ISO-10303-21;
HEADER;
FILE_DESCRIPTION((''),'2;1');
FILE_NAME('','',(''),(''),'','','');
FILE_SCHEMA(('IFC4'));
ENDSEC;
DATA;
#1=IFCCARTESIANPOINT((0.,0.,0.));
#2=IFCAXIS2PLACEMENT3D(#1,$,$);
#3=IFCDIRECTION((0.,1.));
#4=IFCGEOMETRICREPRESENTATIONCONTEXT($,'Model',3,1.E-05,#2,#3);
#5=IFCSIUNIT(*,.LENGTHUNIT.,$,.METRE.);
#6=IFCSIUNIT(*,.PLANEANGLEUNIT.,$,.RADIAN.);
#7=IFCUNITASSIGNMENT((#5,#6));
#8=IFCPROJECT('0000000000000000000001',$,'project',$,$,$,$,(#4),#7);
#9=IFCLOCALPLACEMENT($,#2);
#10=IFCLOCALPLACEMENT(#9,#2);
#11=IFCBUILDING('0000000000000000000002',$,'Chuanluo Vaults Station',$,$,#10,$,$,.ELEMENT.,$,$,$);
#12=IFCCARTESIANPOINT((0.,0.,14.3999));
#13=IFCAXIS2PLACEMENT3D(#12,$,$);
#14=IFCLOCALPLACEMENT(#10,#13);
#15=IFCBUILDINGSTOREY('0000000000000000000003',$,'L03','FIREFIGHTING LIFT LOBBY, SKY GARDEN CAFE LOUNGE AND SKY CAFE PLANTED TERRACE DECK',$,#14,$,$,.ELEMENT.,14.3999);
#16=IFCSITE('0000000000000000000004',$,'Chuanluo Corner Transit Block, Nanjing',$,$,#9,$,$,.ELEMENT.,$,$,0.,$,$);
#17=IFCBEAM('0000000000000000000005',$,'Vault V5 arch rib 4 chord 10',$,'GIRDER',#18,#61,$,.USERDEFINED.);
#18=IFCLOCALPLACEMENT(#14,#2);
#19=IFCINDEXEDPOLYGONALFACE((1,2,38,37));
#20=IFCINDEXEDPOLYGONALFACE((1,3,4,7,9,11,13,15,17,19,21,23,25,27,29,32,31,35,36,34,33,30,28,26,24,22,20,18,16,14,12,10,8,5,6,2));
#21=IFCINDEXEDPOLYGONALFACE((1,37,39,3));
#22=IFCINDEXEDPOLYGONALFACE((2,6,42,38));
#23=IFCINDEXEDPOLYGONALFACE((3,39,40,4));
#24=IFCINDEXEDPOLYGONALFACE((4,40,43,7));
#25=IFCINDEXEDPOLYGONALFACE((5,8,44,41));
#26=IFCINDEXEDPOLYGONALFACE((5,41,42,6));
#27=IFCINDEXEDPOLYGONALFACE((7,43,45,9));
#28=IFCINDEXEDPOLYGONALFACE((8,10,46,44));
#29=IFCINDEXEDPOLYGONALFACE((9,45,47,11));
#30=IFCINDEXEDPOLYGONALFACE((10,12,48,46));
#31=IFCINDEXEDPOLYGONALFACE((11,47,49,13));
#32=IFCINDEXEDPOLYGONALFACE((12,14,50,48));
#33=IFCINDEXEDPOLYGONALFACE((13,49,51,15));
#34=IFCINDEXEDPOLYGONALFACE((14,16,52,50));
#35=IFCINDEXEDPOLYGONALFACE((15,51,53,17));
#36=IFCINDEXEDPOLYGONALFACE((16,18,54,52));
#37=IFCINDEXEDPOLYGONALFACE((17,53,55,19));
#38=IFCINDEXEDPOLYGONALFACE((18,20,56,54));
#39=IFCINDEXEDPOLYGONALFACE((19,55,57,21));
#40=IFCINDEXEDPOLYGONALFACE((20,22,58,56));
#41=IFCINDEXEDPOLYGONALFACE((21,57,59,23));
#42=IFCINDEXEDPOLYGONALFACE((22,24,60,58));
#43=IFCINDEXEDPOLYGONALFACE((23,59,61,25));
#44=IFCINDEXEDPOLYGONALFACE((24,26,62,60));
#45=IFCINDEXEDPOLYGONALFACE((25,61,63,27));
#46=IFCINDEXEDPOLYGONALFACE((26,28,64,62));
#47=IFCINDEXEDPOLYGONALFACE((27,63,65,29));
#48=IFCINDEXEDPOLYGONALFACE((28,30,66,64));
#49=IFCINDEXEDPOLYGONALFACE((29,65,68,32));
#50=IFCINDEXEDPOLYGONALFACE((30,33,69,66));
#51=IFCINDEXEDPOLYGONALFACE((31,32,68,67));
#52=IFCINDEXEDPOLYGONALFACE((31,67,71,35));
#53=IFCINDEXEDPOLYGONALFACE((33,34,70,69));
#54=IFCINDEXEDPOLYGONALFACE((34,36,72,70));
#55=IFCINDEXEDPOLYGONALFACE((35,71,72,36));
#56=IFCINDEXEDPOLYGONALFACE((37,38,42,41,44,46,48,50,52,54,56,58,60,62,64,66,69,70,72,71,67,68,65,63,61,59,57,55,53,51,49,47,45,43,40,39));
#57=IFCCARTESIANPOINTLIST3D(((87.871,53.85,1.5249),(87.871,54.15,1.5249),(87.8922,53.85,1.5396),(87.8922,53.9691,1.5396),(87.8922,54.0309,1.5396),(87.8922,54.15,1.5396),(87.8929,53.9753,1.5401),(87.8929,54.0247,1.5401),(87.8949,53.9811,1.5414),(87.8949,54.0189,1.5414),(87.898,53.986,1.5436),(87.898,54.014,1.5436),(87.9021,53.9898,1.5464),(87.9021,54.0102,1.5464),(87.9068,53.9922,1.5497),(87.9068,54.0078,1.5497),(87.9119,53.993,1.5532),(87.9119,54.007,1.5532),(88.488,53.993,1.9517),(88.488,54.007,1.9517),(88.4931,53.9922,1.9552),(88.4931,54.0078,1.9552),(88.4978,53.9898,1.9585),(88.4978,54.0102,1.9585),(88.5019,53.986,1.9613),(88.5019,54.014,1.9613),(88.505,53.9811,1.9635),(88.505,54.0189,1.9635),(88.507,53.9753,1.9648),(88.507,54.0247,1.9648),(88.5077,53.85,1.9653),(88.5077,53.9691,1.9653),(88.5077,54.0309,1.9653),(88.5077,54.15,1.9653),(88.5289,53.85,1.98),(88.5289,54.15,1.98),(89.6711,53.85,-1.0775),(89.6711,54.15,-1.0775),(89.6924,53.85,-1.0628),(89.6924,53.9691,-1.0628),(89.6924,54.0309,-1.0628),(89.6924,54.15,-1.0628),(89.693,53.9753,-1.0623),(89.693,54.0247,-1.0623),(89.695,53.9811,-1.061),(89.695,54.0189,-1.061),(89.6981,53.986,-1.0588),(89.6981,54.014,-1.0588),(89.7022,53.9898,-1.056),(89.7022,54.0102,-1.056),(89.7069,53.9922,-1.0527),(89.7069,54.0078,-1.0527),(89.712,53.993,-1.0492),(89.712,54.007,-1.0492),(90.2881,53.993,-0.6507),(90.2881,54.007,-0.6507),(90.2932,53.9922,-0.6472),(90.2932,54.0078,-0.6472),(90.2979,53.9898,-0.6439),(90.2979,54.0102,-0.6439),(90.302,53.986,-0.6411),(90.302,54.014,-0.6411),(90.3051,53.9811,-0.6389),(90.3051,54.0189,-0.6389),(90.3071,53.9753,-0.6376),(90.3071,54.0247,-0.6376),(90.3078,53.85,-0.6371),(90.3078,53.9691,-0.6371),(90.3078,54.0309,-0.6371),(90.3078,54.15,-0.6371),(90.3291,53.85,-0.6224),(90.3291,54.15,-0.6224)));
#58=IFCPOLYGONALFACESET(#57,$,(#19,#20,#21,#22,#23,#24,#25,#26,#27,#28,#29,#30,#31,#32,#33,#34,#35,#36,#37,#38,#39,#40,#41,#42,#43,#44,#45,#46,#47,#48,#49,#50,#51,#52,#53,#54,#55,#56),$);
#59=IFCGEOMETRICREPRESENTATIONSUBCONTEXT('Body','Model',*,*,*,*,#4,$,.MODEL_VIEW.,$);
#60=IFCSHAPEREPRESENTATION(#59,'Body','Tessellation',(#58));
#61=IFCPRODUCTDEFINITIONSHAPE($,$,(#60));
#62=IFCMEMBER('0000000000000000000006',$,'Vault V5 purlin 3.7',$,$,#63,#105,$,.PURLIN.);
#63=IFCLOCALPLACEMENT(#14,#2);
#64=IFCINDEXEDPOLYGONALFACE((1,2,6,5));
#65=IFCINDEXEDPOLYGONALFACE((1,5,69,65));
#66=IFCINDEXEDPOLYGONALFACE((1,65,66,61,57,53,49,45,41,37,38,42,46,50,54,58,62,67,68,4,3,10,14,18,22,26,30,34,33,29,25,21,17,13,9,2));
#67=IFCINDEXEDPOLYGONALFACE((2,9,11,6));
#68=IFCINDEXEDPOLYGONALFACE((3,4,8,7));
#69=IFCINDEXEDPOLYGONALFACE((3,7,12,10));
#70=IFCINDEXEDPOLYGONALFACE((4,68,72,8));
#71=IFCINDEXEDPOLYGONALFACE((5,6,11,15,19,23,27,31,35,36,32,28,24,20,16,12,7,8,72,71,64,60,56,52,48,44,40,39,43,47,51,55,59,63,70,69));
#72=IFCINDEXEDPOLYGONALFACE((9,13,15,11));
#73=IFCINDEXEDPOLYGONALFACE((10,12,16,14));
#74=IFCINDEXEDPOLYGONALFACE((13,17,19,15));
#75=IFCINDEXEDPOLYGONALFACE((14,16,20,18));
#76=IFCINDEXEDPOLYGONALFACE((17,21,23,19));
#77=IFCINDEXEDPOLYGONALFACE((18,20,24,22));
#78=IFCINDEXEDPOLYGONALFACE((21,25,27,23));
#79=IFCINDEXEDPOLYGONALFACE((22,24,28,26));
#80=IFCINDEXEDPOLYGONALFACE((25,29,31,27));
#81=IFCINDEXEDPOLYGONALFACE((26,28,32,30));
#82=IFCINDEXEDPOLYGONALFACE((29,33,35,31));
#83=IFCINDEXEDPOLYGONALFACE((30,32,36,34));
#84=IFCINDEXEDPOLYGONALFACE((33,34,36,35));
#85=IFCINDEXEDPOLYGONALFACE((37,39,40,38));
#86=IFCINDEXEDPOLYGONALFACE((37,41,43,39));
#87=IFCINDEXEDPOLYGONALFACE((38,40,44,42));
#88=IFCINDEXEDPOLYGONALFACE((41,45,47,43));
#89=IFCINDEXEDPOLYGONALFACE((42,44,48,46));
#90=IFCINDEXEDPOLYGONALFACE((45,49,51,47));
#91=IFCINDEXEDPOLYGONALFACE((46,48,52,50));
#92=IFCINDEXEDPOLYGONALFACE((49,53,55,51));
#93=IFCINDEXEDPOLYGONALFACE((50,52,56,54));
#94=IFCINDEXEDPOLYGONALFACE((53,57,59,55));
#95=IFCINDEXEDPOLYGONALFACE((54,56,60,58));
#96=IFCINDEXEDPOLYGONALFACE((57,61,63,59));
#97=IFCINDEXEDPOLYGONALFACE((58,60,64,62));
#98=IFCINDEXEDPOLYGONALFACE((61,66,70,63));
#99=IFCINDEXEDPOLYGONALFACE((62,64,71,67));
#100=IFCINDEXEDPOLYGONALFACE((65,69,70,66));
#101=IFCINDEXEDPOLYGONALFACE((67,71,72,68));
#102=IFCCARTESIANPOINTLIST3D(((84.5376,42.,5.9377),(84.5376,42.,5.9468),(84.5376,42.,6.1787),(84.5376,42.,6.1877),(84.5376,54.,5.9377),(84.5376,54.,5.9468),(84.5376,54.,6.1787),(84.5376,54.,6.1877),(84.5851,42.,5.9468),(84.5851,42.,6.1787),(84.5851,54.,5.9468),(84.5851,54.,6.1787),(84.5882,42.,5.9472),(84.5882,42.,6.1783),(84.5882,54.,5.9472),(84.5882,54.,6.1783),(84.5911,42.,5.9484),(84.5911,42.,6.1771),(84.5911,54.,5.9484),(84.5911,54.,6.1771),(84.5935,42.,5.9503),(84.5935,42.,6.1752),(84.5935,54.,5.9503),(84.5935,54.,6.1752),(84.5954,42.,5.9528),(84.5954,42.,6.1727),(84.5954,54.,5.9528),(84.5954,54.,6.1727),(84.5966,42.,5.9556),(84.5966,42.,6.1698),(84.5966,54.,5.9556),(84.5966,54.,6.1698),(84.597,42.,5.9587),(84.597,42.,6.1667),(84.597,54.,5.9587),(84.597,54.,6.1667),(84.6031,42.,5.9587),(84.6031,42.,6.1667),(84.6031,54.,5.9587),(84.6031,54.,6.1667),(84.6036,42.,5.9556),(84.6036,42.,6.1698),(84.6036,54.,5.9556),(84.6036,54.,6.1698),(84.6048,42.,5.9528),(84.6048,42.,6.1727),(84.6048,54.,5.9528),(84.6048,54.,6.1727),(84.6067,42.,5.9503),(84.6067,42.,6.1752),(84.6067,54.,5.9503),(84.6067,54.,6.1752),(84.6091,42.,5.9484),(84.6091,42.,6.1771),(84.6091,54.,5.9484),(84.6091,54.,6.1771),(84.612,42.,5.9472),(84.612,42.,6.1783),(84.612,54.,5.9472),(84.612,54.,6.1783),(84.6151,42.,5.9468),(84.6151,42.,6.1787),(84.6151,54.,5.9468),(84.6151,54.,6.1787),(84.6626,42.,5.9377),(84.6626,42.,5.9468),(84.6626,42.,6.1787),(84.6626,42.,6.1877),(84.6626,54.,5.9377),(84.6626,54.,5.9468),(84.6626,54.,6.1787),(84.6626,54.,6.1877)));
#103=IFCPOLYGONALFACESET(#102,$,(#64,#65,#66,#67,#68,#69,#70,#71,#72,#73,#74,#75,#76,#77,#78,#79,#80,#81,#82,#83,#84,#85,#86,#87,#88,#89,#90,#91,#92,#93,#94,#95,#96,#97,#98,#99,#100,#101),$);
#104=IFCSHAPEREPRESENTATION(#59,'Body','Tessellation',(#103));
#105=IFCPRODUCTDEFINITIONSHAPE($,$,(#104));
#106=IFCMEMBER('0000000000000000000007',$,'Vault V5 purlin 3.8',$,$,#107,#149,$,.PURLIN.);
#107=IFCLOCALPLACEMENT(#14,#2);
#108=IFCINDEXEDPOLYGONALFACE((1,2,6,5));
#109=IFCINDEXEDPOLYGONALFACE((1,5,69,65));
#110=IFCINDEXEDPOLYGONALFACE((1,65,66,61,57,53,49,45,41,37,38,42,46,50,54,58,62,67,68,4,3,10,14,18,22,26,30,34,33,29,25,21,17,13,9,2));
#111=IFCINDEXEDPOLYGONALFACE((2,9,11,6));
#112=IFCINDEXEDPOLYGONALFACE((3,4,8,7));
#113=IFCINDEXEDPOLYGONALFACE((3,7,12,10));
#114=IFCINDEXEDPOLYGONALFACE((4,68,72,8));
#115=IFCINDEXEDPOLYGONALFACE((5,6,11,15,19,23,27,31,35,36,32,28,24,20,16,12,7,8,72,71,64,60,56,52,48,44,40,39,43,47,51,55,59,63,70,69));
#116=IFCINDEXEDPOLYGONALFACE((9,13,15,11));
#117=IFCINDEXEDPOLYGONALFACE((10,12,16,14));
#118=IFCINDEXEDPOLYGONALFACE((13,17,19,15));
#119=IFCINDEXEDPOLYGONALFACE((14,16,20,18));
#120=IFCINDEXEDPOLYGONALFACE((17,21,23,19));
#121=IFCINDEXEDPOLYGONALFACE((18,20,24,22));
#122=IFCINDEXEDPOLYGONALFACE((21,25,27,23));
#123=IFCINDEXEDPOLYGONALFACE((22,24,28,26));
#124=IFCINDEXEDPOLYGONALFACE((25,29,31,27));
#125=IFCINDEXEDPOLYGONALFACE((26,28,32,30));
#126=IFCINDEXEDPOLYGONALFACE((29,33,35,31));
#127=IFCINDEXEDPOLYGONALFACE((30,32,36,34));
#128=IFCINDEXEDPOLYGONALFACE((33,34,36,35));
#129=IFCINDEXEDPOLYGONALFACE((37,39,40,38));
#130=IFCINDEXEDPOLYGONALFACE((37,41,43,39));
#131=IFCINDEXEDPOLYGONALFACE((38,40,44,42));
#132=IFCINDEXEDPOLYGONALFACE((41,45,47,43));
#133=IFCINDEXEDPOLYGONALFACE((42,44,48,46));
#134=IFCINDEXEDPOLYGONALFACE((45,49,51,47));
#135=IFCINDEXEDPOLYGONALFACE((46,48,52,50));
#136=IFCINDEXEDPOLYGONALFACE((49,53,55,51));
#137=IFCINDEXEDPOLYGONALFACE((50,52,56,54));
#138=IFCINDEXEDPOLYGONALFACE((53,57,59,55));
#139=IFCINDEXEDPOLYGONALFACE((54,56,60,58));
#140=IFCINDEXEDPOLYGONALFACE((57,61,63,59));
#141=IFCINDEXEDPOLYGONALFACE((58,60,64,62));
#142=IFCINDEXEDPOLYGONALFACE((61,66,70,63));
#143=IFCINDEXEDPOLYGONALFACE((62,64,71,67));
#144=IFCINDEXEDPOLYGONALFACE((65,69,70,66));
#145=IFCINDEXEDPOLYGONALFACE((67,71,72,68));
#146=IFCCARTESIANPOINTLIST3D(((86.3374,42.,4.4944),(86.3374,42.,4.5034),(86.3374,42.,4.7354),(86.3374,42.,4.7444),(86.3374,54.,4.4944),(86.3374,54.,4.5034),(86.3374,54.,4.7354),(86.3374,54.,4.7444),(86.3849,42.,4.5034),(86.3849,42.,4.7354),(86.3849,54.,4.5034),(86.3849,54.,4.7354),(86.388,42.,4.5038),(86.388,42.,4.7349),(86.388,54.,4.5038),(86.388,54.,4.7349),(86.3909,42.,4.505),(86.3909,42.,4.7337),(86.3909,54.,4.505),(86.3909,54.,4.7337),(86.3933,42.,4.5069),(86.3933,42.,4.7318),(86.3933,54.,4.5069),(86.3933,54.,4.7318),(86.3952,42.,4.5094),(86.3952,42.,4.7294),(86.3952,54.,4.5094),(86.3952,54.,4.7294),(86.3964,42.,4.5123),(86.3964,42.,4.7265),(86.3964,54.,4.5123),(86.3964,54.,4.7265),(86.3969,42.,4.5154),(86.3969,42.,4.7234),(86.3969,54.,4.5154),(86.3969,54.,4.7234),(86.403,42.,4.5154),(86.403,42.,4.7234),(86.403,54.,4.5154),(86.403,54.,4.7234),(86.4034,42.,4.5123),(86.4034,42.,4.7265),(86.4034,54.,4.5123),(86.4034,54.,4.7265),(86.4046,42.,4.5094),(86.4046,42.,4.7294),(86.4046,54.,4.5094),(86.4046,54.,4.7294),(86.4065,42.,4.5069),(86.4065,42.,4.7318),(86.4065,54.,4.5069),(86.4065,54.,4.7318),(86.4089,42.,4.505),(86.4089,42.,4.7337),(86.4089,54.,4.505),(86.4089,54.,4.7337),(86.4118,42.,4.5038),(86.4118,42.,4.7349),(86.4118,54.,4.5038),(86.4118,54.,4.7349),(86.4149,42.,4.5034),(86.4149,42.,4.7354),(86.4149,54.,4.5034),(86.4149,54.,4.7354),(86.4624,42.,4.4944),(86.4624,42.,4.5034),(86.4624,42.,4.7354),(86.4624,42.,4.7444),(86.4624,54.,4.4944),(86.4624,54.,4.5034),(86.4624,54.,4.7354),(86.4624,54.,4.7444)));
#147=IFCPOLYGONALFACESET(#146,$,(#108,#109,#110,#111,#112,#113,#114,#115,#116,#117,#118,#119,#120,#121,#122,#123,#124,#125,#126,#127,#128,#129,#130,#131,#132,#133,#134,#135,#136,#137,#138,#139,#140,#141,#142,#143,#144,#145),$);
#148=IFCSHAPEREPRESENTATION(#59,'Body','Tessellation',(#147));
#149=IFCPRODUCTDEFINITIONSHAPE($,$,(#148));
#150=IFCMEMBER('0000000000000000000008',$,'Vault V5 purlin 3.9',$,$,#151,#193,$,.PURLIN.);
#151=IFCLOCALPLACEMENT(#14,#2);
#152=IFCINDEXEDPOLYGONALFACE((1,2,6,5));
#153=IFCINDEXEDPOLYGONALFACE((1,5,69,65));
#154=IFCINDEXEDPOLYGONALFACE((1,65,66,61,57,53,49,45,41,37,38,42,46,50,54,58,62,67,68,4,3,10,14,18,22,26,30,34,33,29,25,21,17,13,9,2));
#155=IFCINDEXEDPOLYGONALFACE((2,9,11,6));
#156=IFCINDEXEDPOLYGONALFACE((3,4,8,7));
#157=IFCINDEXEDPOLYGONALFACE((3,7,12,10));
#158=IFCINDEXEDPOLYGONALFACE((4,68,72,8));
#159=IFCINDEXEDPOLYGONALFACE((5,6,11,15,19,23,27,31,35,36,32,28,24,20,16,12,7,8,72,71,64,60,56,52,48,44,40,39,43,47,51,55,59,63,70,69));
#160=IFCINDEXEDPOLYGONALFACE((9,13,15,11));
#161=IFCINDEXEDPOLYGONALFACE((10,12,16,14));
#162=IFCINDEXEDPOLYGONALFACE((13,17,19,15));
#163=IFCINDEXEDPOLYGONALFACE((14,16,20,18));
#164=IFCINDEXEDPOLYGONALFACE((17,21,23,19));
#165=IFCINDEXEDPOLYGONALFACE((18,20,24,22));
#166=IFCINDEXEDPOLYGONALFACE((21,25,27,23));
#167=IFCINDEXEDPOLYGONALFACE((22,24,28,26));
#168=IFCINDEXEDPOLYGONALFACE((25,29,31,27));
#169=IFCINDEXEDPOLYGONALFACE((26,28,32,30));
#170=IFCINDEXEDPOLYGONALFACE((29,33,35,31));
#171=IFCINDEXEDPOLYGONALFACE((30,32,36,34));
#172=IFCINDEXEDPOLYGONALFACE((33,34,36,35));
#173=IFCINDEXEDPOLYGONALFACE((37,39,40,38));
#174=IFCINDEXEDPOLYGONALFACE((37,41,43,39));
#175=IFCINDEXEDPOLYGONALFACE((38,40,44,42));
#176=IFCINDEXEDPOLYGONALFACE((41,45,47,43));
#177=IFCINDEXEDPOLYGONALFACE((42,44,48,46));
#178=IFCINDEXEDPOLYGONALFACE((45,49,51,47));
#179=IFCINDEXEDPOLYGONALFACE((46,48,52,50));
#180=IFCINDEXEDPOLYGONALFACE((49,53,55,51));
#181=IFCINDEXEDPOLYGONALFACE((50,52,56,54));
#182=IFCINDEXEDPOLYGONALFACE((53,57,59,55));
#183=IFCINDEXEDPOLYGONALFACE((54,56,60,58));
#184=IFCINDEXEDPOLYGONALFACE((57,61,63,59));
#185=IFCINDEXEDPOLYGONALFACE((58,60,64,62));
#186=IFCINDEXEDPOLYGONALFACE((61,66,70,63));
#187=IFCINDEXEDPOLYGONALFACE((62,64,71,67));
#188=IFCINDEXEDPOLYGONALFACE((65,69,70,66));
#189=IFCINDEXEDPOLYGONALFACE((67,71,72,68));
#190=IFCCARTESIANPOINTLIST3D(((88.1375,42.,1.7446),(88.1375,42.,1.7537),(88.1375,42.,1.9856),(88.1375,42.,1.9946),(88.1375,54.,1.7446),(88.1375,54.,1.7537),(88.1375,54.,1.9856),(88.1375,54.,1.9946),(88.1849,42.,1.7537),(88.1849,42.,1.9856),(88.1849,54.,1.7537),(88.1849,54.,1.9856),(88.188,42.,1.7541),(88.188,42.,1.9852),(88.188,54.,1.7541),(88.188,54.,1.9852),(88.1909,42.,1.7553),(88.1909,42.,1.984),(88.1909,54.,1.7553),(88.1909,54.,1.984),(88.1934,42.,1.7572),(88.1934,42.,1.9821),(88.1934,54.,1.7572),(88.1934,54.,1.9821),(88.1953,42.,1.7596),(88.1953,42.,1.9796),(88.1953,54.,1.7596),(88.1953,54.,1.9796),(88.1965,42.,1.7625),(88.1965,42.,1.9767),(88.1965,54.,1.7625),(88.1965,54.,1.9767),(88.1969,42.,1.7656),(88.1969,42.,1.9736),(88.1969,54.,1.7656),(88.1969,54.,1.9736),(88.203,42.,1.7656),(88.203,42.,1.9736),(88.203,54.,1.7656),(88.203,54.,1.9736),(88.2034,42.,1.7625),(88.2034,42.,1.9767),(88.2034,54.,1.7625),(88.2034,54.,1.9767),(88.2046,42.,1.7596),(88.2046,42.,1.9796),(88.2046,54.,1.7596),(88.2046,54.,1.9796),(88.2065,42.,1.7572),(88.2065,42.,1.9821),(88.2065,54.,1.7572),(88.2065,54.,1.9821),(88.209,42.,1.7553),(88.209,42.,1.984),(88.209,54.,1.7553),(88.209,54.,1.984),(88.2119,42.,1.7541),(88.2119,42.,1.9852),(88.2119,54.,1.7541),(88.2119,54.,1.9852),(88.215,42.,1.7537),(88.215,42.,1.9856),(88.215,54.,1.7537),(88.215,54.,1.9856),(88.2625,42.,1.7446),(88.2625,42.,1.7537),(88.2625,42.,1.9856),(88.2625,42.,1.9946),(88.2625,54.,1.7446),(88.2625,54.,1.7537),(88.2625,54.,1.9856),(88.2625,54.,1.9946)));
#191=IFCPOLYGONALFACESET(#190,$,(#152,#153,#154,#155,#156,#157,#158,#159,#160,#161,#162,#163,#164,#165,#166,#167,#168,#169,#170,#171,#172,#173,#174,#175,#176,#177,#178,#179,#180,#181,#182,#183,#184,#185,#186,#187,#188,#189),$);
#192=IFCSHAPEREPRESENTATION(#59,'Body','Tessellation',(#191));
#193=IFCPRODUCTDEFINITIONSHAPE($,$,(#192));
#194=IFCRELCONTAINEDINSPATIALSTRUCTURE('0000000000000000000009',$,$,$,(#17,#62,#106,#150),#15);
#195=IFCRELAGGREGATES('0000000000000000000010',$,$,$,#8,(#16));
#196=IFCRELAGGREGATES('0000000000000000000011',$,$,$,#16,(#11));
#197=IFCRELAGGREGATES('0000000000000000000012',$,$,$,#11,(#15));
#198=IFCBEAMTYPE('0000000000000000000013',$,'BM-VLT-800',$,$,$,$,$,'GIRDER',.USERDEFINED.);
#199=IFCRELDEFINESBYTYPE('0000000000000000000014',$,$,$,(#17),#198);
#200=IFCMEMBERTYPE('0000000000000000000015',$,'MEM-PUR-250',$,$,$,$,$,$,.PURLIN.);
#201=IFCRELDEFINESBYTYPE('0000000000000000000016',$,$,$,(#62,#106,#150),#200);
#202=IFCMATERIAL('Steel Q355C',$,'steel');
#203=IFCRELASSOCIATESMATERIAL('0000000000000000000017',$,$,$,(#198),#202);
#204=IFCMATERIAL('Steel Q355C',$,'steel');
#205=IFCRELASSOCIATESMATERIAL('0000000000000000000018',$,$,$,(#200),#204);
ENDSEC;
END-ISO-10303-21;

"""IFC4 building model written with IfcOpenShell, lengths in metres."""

from ifc_helpers import new_model, si_unit, direction, frame, origin, origin_2d, place, context, subcontext, project, spatial, i_section, extrude, material, material_profile, profile_set, type_object, element, save


model = new_model("IFC4")

# Units and contexts
model_context = context("Model", 3, precision=1e-05, world=origin(), true_north=direction((0.0, 1.0)))
body_context = subcontext(model_context, "Body", "Model", "MODEL_VIEW")
ifc_project = project(units=[si_unit("LENGTHUNIT", "METRE"), si_unit("PLANEANGLEUNIT", "RADIAN")], contexts=[model_context])

# Site, building, storey
site_placement = place(None, origin())
site = spatial("IfcSite", under=ifc_project, at=site_placement, Name="Chuanluo Corner Transit Block, Nanjing", CompositionType="ELEMENT", RefElevation=0.0)
building_placement = place(site_placement, origin())
building = spatial("IfcBuilding", under=site, at=building_placement, Name="Chuanluo Vaults Station", CompositionType="ELEMENT")
storey_placement = place(building_placement, frame((0.0, 0.0, 14.3999)))
storey = spatial("IfcBuildingStorey", under=building, at=storey_placement, Name="L03", Description="FIREFIGHTING LIFT LOBBY, SKY GARDEN CAFE LOUNGE AND SKY CAFE PLANTED TERRACE DECK", CompositionType="ELEMENT", Elevation=14.3999)

# Beam
ifc_material_1 = material(Name="Steel Q355C", Category="steel")
ifc_material_profile_1 = material_profile(ifc_material_1, i_section(OverallWidth=0.3, OverallDepth=0.8, WebThickness=0.0139, FlangeThickness=0.0259, FilletRadius=0.0239, at=origin_2d()))
ifc_profile_set_1 = profile_set([ifc_material_profile_1], Name="Steel Q355C")
beam_type_1 = type_object("IfcBeamType", Name="BM-VLT-800", ElementType="GIRDER", PredefinedType="USERDEFINED", material=ifc_profile_set_1)
beam_1_placement = place(storey_placement, frame((88.2, 54.0, 1.7524), z_axis=(0.568881, 0.0, -0.82242), x_axis=(0.0, 1.0, 0.0)))
element("IfcBeam", 1, at=beam_1_placement, inside=storey, type_object=beam_type_1, Name="Vault V5 arch rib 4 chord 10", ObjectType="GIRDER", PredefinedType="USERDEFINED", context=body_context, shape_type="SweptSolid", body=[
    extrude(i_section(OverallWidth=0.3, OverallDepth=0.8, WebThickness=0.0139, FlangeThickness=0.0259, FilletRadius=0.0239, at=origin_2d()), origin(), (0.0, 0.0, 1.0), 3.1643),
])

# Members
ifc_material_2 = material(Name="Steel Q355C", Category="steel")
ifc_material_profile_2 = material_profile(ifc_material_2, i_section(OverallWidth=0.125, OverallDepth=0.25, WebThickness=0.0061, FlangeThickness=0.009, FilletRadius=0.012, at=origin_2d()))
ifc_profile_set_2 = profile_set([ifc_material_profile_2], Name="Steel Q355C")
member_type_1 = type_object("IfcMemberType", Name="MEM-PUR-250", PredefinedType="PURLIN", material=ifc_profile_set_2)
for number, where, z_axis, x_axis, name in (
    (2, (84.6001, 42.0, 6.0627), (0.0, 1.0, 0.0), (-1.0, 0.0, 0.0), "Vault V5 purlin 3.7"),
    (3, (86.3999, 42.0, 4.6194), (0.0, 1.0, 0.0), (-1.0, 0.0, 0.0), "Vault V5 purlin 3.8"),
    (4, (88.2, 42.0, 1.8696), (0.0, 1.0, 0.0), (-1.0, 0.0, 0.0), "Vault V5 purlin 3.9"),
):
    element("IfcMember", number, at=place(storey_placement, frame(where, z_axis=z_axis, x_axis=x_axis)), inside=storey, type_object=member_type_1, Name=name, PredefinedType="PURLIN", context=body_context, shape_type="SweptSolid", body=[
        extrude(i_section(OverallWidth=0.125, OverallDepth=0.25, WebThickness=0.0061, FlangeThickness=0.009, FilletRadius=0.012, at=origin_2d()), origin(), (0.0, 0.0, 1.0), 12.0),
    ])

save(model, "model.ifc")
